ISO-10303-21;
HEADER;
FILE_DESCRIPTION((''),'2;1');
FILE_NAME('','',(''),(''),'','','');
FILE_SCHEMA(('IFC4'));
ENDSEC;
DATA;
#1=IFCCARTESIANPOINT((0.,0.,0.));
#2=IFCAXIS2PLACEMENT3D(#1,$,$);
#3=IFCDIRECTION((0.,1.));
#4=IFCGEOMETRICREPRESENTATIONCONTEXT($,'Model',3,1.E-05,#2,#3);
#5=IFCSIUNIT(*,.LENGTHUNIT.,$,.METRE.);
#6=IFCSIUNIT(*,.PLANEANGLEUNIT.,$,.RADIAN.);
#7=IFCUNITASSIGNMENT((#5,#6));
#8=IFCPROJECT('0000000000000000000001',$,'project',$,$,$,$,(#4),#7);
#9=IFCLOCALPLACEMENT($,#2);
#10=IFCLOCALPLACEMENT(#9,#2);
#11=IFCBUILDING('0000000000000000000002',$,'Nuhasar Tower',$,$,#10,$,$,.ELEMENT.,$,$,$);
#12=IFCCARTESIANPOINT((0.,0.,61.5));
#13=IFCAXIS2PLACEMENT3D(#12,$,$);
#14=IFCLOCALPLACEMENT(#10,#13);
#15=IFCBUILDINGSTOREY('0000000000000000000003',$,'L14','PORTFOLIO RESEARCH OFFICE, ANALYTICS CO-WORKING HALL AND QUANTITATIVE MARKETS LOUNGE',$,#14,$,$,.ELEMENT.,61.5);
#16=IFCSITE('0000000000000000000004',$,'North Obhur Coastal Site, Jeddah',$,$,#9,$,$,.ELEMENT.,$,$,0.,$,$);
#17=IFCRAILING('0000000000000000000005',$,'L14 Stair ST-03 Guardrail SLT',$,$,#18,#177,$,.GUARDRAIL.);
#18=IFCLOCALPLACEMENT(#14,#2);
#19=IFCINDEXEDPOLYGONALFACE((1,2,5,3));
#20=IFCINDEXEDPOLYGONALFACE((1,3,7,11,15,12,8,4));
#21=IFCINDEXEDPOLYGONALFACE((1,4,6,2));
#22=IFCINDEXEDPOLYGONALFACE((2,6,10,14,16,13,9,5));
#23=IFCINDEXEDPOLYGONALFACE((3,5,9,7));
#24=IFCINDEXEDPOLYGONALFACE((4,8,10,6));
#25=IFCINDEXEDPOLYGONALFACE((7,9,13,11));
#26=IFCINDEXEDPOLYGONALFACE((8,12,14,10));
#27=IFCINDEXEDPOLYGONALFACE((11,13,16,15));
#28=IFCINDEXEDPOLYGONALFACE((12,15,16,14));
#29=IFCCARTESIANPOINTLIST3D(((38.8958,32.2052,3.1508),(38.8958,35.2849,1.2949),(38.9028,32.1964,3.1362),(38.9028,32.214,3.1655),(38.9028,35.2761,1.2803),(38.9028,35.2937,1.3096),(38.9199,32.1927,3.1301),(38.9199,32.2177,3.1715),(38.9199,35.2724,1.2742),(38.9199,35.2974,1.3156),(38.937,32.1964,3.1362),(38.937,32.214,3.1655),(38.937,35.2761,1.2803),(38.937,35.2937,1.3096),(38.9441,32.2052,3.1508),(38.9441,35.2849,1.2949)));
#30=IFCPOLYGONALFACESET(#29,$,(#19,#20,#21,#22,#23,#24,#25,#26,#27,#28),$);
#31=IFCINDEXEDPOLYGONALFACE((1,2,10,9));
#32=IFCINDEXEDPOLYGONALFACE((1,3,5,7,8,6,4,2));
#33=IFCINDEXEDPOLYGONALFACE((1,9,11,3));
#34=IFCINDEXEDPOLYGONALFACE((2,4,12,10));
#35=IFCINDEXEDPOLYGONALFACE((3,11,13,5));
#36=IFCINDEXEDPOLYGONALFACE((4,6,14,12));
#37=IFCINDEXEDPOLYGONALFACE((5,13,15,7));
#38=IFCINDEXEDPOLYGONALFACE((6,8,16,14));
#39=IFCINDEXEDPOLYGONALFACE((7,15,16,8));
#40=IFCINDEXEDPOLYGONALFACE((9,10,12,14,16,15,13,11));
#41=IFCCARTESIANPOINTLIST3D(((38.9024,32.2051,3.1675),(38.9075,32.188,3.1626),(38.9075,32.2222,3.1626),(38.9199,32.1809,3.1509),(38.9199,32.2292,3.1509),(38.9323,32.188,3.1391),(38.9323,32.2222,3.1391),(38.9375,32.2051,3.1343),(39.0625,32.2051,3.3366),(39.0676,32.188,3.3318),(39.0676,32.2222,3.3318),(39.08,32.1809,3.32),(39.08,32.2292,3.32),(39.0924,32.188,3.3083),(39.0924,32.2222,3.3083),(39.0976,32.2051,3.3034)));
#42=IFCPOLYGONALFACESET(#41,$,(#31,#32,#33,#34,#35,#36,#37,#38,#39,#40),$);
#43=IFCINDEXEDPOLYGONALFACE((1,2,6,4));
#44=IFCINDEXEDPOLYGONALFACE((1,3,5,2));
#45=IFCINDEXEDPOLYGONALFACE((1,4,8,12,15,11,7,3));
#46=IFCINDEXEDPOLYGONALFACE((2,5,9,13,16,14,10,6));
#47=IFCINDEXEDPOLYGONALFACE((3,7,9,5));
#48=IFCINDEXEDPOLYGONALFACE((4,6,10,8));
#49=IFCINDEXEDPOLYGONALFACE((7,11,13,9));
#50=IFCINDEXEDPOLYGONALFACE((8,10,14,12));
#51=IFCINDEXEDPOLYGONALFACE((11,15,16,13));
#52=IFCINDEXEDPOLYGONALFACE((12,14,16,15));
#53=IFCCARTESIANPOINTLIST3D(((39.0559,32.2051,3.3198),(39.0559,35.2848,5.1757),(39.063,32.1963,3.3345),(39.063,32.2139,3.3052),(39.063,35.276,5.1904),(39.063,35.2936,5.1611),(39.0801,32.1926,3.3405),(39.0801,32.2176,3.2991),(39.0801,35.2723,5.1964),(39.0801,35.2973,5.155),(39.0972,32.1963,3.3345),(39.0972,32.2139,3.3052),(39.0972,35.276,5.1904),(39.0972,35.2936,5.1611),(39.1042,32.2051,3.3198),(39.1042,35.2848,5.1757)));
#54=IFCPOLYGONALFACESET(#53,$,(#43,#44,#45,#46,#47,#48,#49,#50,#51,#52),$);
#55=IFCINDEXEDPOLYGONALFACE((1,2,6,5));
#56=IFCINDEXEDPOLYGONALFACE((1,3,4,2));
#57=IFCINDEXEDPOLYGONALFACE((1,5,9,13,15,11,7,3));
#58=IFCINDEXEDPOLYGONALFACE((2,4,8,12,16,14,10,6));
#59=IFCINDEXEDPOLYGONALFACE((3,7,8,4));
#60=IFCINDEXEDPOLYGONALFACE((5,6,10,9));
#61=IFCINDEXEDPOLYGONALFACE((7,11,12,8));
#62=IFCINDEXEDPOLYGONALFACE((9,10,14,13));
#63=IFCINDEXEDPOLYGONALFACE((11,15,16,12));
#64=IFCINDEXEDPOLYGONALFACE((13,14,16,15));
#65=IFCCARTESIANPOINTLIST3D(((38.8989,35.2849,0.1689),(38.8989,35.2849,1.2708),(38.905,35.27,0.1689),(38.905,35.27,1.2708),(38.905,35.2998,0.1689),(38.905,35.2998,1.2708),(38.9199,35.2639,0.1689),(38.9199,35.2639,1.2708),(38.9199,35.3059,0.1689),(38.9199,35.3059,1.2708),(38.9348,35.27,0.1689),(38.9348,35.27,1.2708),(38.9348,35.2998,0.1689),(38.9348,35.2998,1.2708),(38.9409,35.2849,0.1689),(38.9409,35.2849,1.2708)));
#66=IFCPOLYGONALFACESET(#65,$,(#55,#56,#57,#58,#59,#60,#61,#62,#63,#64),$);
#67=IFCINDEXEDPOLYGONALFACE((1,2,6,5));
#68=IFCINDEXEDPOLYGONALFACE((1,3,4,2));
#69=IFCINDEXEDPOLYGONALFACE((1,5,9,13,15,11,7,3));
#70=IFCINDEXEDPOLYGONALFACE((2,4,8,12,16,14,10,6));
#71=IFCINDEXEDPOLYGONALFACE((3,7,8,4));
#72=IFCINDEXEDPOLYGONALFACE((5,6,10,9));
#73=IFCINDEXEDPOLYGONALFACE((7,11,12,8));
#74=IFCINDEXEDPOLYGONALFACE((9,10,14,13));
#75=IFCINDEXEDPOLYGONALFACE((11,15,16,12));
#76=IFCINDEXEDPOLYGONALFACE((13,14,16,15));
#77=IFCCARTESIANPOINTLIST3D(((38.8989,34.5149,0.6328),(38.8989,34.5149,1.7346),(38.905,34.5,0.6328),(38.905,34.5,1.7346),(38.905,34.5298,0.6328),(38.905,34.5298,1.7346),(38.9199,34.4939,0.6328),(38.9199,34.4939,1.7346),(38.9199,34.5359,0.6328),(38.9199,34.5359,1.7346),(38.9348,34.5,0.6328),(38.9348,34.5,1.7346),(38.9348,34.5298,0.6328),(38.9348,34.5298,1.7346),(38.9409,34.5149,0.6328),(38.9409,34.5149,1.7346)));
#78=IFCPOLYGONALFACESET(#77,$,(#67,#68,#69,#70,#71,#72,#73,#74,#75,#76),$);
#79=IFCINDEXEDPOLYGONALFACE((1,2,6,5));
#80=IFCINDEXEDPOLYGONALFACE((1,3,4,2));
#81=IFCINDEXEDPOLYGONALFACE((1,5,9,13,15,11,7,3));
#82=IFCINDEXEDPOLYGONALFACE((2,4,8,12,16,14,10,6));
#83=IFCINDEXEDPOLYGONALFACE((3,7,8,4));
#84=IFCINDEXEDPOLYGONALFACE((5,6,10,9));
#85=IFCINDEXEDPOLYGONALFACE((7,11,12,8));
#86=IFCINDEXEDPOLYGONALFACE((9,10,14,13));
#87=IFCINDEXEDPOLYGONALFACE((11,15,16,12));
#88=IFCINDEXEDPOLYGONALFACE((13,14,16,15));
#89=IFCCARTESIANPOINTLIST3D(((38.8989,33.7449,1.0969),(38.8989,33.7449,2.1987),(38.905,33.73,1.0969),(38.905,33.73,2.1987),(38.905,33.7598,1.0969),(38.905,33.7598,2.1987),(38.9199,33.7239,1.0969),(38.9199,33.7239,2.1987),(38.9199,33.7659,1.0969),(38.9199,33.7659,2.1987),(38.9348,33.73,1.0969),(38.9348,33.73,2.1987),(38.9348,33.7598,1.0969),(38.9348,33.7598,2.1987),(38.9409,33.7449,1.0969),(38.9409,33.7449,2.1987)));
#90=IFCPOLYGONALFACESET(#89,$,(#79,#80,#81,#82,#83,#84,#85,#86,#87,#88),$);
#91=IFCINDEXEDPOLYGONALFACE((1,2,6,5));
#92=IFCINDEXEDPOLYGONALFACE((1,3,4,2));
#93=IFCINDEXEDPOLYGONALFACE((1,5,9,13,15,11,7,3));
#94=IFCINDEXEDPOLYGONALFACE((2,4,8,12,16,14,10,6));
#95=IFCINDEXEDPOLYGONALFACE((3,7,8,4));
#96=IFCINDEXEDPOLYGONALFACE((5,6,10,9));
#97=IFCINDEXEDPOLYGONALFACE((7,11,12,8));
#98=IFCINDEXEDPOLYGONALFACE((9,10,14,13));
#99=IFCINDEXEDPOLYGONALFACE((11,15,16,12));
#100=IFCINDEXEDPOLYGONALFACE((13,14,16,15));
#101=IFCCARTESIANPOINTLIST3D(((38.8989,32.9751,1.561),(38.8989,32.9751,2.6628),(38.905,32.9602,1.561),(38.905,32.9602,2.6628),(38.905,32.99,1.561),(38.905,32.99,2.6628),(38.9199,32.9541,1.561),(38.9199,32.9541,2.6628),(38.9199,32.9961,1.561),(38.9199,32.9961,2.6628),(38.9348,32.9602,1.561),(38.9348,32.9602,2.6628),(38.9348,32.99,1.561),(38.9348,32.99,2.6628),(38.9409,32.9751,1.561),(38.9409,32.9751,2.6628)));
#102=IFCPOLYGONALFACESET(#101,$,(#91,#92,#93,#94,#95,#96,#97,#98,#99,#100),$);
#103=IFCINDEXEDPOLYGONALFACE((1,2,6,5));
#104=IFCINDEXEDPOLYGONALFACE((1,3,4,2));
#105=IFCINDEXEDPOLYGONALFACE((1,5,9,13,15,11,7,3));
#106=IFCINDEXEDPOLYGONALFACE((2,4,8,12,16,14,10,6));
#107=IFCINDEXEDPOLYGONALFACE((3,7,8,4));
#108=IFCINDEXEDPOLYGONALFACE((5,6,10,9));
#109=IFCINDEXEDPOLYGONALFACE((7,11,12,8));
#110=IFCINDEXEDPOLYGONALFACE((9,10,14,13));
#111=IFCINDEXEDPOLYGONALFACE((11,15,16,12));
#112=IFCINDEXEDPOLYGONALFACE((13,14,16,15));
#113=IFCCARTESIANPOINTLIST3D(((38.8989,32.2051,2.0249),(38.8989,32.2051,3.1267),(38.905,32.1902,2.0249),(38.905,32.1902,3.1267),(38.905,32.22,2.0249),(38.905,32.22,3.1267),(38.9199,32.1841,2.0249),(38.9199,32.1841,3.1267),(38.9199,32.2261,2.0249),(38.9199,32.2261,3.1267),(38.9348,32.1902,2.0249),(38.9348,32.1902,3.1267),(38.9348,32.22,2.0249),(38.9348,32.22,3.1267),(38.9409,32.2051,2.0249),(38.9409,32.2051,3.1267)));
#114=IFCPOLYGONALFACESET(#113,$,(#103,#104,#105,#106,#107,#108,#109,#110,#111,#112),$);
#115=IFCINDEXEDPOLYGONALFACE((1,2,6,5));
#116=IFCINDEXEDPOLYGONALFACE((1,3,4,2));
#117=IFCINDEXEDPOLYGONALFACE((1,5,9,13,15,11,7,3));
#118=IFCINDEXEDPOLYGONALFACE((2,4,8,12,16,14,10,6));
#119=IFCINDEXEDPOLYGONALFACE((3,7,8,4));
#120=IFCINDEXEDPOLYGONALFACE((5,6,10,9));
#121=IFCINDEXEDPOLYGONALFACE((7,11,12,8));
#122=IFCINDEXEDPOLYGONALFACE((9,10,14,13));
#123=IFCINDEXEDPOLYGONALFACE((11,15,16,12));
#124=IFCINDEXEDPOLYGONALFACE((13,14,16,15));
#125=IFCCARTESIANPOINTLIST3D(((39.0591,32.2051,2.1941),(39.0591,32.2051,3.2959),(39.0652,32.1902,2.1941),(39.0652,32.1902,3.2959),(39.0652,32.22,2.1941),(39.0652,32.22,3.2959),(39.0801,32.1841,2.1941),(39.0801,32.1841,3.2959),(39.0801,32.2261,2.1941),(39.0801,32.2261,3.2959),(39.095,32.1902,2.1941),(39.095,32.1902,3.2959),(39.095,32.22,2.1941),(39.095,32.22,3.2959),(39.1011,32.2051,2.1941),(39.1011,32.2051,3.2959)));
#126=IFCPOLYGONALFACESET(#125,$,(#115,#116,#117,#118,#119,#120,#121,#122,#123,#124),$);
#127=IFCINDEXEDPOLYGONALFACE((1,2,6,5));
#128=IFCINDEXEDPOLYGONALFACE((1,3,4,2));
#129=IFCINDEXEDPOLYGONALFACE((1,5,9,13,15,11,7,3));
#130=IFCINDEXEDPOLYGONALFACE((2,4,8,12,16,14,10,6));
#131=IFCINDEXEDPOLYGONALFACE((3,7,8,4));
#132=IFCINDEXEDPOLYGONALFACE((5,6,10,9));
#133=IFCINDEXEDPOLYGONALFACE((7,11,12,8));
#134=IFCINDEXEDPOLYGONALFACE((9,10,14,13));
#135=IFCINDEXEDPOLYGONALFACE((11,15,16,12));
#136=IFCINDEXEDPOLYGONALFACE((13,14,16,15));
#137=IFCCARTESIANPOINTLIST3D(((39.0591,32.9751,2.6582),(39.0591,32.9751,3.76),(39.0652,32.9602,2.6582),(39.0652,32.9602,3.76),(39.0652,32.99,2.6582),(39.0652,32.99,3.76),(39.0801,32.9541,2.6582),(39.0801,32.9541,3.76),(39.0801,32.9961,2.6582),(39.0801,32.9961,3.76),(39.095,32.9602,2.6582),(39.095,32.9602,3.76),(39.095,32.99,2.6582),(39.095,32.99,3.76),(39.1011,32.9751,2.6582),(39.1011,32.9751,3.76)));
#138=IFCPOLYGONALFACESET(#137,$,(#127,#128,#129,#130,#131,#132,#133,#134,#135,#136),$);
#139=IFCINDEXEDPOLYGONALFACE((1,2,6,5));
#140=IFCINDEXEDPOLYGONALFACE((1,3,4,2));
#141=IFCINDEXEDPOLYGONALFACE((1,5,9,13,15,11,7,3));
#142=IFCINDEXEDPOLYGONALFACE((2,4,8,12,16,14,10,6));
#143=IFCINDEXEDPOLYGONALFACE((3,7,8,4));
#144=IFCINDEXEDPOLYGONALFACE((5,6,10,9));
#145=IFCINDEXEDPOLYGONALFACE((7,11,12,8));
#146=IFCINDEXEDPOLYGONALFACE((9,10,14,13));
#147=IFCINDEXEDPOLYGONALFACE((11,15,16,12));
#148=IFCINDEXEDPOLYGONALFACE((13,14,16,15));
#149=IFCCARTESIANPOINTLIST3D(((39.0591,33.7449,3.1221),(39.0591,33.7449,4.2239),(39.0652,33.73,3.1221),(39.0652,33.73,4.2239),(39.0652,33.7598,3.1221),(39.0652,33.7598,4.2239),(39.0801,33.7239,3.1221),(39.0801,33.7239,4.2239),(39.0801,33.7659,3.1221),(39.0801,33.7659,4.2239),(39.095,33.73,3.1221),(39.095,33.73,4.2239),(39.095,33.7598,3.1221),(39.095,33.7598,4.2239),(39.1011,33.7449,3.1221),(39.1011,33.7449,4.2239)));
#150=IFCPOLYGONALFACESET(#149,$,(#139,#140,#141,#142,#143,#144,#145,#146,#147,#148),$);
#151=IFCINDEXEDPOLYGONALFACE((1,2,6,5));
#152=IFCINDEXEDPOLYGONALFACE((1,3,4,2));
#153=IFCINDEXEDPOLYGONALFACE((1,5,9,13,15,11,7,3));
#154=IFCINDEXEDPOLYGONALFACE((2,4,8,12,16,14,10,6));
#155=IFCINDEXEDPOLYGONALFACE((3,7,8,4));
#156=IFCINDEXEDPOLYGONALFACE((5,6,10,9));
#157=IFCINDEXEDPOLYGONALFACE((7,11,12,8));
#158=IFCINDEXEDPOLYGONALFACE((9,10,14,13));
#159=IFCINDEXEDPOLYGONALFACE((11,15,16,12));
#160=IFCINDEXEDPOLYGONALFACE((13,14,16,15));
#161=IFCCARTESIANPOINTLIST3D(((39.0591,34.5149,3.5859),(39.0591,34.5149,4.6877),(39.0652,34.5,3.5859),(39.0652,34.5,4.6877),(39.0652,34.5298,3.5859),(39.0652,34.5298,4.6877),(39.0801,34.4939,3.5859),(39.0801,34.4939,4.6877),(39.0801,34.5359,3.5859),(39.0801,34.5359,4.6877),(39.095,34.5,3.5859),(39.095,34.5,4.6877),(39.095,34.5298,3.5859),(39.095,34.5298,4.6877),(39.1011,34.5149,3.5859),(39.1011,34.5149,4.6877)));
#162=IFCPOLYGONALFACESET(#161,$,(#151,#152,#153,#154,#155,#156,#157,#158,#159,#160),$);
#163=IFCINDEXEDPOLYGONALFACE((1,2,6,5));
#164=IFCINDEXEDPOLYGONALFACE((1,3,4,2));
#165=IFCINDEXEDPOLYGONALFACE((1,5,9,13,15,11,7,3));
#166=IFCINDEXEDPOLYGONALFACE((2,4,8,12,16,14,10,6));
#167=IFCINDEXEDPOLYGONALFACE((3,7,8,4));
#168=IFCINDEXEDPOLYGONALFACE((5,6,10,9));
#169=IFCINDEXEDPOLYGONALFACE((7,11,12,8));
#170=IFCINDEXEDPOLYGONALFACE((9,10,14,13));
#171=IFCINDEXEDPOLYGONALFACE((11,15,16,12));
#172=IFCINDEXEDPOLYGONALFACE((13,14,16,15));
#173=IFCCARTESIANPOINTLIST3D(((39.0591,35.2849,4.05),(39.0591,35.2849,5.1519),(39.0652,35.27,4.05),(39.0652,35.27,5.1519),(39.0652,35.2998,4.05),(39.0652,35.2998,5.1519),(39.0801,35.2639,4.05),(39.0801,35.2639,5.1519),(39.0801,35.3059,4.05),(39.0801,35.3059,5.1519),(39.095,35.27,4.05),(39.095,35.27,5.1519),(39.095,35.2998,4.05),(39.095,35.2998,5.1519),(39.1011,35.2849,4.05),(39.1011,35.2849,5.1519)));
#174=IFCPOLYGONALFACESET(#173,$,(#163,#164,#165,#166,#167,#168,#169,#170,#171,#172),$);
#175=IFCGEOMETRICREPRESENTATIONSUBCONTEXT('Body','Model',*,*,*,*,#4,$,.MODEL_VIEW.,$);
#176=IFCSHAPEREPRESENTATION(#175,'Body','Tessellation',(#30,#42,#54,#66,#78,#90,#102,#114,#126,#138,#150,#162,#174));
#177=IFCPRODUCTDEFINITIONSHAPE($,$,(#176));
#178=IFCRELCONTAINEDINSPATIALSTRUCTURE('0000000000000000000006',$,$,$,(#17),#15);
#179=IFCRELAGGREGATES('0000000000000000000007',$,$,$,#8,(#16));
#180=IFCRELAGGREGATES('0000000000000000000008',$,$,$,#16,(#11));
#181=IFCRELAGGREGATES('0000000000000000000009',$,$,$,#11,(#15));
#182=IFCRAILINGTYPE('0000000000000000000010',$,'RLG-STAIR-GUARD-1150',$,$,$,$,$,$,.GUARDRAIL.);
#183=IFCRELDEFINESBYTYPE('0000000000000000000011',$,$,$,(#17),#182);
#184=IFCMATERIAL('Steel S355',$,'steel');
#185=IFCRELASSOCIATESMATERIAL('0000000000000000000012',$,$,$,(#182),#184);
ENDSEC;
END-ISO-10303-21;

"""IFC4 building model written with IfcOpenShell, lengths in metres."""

from ifc_helpers import new_model, si_unit, direction, frame, origin, place, context, subcontext, project, spatial, polyline, outline, extrude, material, type_object, element, save


model = new_model("IFC4")

# Units and contexts
model_context = context("Model", 3, precision=1e-05, world=origin(), true_north=direction((0.0, 1.0)))
body_context = subcontext(model_context, "Body", "Model", "MODEL_VIEW")
ifc_project = project(units=[si_unit("LENGTHUNIT", "METRE"), si_unit("PLANEANGLEUNIT", "RADIAN")], contexts=[model_context])

# Site, building, storey
site_placement = place(None, origin())
site = spatial("IfcSite", under=ifc_project, at=site_placement, Name="North Obhur Coastal Site, Jeddah", CompositionType="ELEMENT", RefElevation=0.0)
building_placement = place(site_placement, origin())
building = spatial("IfcBuilding", under=site, at=building_placement, Name="Nuhasar Tower", CompositionType="ELEMENT")
storey_placement = place(building_placement, frame((0.0, 0.0, 61.5)))
storey = spatial("IfcBuildingStorey", under=building, at=storey_placement, Name="L14", Description="PORTFOLIO RESEARCH OFFICE, ANALYTICS CO-WORKING HALL AND QUANTITATIVE MARKETS LOUNGE", CompositionType="ELEMENT", Elevation=61.5)

# Shared definitions
ifc_material_1 = material(Name="Steel S355", Category="steel")

# Railing
railing_type_1 = type_object("IfcRailingType", Name="RLG-STAIR-GUARD-1150", PredefinedType="GUARDRAIL", material=ifc_material_1)
railing_1_placement = place(storey_placement, frame((38.9199, 35.2849, 0.1689)))
element("IfcRailing", 1, at=railing_1_placement, inside=storey, type_object=railing_type_1, Name="L14 Stair ST-03 Guardrail SLT", PredefinedType="GUARDRAIL", context=body_context, shape_type="SweptSolid", body=[
    extrude(outline(polyline([(0.0242, 0.0), (0.0171, 0.0171), (0.0, 0.0242), (-0.0171, 0.0171), (-0.0242, 0.0), (-0.0171, -0.0171), (0.0, -0.0242), (0.0171, -0.0171), (0.0242, 0.0)])), frame((0.0, 0.0, 1.126), z_axis=(0.0, -0.856503, 0.516142), x_axis=(1.0, 0.0, 0.0)), (0.0, 0.0, 1.0), 3.5957),
    extrude(outline(polyline([(0.0242, 0.0), (0.0171, 0.0171), (0.0, 0.0242), (-0.0171, 0.0171), (-0.0242, 0.0), (-0.0171, -0.0171), (0.0, -0.0242), (0.0171, -0.0171), (0.0242, 0.0)])), frame((0.0, -3.0798, 2.9819), z_axis=(0.687454, 0.0, 0.726228), x_axis=(0.0, 1.0, 0.0)), (0.0, 0.0, 1.0), 0.2329),
    extrude(outline(polyline([(0.0242, 0.0), (0.0171, 0.0171), (0.0, 0.0242), (-0.0171, 0.0171), (-0.0242, 0.0), (-0.0171, -0.0171), (0.0, -0.0242), (0.0171, -0.0171), (0.0242, 0.0)])), frame((0.1602, -3.0798, 3.1509), z_axis=(0.0, 0.856503, 0.516142), x_axis=(-1.0, 0.0, 0.0)), (0.0, 0.0, 1.0), 3.5957),
    extrude(outline(polyline([(0.021, 0.0), (0.0149, 0.0149), (0.0, 0.021), (-0.0149, 0.0149), (-0.021, 0.0), (-0.0149, -0.0149), (0.0, -0.021), (0.0149, -0.0149), (0.021, 0.0)])), origin(), (0.0, 0.0, 1.0), 1.1018),
    extrude(outline(polyline([(0.021, 0.0), (0.0149, 0.0149), (0.0, 0.021), (-0.0149, 0.0149), (-0.021, 0.0), (-0.0149, -0.0149), (0.0, -0.021), (0.0149, -0.0149), (0.021, 0.0)])), frame((0.0, -0.77, 0.4639)), (0.0, 0.0, 1.0), 1.1018),
    extrude(outline(polyline([(0.021, 0.0), (0.0149, 0.0149), (0.0, 0.021), (-0.0149, 0.0149), (-0.021, 0.0), (-0.0149, -0.0149), (0.0, -0.021), (0.0149, -0.0149), (0.021, 0.0)])), frame((0.0, -1.54, 0.928)), (0.0, 0.0, 1.0), 1.1018),
    extrude(outline(polyline([(0.021, 0.0), (0.0149, 0.0149), (0.0, 0.021), (-0.0149, 0.0149), (-0.021, 0.0), (-0.0149, -0.0149), (0.0, -0.021), (0.0149, -0.0149), (0.021, 0.0)])), frame((0.0, -2.3098, 1.3921)), (0.0, 0.0, 1.0), 1.1018),
    extrude(outline(polyline([(0.021, 0.0), (0.0149, 0.0149), (0.0, 0.021), (-0.0149, 0.0149), (-0.021, 0.0), (-0.0149, -0.0149), (0.0, -0.021), (0.0149, -0.0149), (0.021, 0.0)])), frame((0.0, -3.0798, 1.856)), (0.0, 0.0, 1.0), 1.1018),
    extrude(outline(polyline([(0.021, 0.0), (0.0149, 0.0149), (0.0, 0.021), (-0.0149, 0.0149), (-0.021, 0.0), (-0.0149, -0.0149), (0.0, -0.021), (0.0149, -0.0149), (0.021, 0.0)])), frame((0.1602, -3.0798, 2.0251)), (0.0, 0.0, 1.0), 1.1018),
    extrude(outline(polyline([(0.021, 0.0), (0.0149, 0.0149), (0.0, 0.021), (-0.0149, 0.0149), (-0.021, 0.0), (-0.0149, -0.0149), (0.0, -0.021), (0.0149, -0.0149), (0.021, 0.0)])), frame((0.1602, -2.3098, 2.4893)), (0.0, 0.0, 1.0), 1.1018),
    extrude(outline(polyline([(0.021, 0.0), (0.0149, 0.0149), (0.0, 0.021), (-0.0149, 0.0149), (-0.021, 0.0), (-0.0149, -0.0149), (0.0, -0.021), (0.0149, -0.0149), (0.021, 0.0)])), frame((0.1602, -1.54, 2.9531)), (0.0, 0.0, 1.0), 1.1018),
    extrude(outline(polyline([(0.021, 0.0), (0.0149, 0.0149), (0.0, 0.021), (-0.0149, 0.0149), (-0.021, 0.0), (-0.0149, -0.0149), (0.0, -0.021), (0.0149, -0.0149), (0.021, 0.0)])), frame((0.1602, -0.77, 3.417)), (0.0, 0.0, 1.0), 1.1018),
    extrude(outline(polyline([(0.021, 0.0), (0.0149, 0.0149), (0.0, 0.021), (-0.0149, 0.0149), (-0.021, 0.0), (-0.0149, -0.0149), (0.0, -0.021), (0.0149, -0.0149), (0.021, 0.0)])), frame((0.1602, 0.0, 3.8811)), (0.0, 0.0, 1.0), 1.1018),
])

save(model, "model.ifc")
